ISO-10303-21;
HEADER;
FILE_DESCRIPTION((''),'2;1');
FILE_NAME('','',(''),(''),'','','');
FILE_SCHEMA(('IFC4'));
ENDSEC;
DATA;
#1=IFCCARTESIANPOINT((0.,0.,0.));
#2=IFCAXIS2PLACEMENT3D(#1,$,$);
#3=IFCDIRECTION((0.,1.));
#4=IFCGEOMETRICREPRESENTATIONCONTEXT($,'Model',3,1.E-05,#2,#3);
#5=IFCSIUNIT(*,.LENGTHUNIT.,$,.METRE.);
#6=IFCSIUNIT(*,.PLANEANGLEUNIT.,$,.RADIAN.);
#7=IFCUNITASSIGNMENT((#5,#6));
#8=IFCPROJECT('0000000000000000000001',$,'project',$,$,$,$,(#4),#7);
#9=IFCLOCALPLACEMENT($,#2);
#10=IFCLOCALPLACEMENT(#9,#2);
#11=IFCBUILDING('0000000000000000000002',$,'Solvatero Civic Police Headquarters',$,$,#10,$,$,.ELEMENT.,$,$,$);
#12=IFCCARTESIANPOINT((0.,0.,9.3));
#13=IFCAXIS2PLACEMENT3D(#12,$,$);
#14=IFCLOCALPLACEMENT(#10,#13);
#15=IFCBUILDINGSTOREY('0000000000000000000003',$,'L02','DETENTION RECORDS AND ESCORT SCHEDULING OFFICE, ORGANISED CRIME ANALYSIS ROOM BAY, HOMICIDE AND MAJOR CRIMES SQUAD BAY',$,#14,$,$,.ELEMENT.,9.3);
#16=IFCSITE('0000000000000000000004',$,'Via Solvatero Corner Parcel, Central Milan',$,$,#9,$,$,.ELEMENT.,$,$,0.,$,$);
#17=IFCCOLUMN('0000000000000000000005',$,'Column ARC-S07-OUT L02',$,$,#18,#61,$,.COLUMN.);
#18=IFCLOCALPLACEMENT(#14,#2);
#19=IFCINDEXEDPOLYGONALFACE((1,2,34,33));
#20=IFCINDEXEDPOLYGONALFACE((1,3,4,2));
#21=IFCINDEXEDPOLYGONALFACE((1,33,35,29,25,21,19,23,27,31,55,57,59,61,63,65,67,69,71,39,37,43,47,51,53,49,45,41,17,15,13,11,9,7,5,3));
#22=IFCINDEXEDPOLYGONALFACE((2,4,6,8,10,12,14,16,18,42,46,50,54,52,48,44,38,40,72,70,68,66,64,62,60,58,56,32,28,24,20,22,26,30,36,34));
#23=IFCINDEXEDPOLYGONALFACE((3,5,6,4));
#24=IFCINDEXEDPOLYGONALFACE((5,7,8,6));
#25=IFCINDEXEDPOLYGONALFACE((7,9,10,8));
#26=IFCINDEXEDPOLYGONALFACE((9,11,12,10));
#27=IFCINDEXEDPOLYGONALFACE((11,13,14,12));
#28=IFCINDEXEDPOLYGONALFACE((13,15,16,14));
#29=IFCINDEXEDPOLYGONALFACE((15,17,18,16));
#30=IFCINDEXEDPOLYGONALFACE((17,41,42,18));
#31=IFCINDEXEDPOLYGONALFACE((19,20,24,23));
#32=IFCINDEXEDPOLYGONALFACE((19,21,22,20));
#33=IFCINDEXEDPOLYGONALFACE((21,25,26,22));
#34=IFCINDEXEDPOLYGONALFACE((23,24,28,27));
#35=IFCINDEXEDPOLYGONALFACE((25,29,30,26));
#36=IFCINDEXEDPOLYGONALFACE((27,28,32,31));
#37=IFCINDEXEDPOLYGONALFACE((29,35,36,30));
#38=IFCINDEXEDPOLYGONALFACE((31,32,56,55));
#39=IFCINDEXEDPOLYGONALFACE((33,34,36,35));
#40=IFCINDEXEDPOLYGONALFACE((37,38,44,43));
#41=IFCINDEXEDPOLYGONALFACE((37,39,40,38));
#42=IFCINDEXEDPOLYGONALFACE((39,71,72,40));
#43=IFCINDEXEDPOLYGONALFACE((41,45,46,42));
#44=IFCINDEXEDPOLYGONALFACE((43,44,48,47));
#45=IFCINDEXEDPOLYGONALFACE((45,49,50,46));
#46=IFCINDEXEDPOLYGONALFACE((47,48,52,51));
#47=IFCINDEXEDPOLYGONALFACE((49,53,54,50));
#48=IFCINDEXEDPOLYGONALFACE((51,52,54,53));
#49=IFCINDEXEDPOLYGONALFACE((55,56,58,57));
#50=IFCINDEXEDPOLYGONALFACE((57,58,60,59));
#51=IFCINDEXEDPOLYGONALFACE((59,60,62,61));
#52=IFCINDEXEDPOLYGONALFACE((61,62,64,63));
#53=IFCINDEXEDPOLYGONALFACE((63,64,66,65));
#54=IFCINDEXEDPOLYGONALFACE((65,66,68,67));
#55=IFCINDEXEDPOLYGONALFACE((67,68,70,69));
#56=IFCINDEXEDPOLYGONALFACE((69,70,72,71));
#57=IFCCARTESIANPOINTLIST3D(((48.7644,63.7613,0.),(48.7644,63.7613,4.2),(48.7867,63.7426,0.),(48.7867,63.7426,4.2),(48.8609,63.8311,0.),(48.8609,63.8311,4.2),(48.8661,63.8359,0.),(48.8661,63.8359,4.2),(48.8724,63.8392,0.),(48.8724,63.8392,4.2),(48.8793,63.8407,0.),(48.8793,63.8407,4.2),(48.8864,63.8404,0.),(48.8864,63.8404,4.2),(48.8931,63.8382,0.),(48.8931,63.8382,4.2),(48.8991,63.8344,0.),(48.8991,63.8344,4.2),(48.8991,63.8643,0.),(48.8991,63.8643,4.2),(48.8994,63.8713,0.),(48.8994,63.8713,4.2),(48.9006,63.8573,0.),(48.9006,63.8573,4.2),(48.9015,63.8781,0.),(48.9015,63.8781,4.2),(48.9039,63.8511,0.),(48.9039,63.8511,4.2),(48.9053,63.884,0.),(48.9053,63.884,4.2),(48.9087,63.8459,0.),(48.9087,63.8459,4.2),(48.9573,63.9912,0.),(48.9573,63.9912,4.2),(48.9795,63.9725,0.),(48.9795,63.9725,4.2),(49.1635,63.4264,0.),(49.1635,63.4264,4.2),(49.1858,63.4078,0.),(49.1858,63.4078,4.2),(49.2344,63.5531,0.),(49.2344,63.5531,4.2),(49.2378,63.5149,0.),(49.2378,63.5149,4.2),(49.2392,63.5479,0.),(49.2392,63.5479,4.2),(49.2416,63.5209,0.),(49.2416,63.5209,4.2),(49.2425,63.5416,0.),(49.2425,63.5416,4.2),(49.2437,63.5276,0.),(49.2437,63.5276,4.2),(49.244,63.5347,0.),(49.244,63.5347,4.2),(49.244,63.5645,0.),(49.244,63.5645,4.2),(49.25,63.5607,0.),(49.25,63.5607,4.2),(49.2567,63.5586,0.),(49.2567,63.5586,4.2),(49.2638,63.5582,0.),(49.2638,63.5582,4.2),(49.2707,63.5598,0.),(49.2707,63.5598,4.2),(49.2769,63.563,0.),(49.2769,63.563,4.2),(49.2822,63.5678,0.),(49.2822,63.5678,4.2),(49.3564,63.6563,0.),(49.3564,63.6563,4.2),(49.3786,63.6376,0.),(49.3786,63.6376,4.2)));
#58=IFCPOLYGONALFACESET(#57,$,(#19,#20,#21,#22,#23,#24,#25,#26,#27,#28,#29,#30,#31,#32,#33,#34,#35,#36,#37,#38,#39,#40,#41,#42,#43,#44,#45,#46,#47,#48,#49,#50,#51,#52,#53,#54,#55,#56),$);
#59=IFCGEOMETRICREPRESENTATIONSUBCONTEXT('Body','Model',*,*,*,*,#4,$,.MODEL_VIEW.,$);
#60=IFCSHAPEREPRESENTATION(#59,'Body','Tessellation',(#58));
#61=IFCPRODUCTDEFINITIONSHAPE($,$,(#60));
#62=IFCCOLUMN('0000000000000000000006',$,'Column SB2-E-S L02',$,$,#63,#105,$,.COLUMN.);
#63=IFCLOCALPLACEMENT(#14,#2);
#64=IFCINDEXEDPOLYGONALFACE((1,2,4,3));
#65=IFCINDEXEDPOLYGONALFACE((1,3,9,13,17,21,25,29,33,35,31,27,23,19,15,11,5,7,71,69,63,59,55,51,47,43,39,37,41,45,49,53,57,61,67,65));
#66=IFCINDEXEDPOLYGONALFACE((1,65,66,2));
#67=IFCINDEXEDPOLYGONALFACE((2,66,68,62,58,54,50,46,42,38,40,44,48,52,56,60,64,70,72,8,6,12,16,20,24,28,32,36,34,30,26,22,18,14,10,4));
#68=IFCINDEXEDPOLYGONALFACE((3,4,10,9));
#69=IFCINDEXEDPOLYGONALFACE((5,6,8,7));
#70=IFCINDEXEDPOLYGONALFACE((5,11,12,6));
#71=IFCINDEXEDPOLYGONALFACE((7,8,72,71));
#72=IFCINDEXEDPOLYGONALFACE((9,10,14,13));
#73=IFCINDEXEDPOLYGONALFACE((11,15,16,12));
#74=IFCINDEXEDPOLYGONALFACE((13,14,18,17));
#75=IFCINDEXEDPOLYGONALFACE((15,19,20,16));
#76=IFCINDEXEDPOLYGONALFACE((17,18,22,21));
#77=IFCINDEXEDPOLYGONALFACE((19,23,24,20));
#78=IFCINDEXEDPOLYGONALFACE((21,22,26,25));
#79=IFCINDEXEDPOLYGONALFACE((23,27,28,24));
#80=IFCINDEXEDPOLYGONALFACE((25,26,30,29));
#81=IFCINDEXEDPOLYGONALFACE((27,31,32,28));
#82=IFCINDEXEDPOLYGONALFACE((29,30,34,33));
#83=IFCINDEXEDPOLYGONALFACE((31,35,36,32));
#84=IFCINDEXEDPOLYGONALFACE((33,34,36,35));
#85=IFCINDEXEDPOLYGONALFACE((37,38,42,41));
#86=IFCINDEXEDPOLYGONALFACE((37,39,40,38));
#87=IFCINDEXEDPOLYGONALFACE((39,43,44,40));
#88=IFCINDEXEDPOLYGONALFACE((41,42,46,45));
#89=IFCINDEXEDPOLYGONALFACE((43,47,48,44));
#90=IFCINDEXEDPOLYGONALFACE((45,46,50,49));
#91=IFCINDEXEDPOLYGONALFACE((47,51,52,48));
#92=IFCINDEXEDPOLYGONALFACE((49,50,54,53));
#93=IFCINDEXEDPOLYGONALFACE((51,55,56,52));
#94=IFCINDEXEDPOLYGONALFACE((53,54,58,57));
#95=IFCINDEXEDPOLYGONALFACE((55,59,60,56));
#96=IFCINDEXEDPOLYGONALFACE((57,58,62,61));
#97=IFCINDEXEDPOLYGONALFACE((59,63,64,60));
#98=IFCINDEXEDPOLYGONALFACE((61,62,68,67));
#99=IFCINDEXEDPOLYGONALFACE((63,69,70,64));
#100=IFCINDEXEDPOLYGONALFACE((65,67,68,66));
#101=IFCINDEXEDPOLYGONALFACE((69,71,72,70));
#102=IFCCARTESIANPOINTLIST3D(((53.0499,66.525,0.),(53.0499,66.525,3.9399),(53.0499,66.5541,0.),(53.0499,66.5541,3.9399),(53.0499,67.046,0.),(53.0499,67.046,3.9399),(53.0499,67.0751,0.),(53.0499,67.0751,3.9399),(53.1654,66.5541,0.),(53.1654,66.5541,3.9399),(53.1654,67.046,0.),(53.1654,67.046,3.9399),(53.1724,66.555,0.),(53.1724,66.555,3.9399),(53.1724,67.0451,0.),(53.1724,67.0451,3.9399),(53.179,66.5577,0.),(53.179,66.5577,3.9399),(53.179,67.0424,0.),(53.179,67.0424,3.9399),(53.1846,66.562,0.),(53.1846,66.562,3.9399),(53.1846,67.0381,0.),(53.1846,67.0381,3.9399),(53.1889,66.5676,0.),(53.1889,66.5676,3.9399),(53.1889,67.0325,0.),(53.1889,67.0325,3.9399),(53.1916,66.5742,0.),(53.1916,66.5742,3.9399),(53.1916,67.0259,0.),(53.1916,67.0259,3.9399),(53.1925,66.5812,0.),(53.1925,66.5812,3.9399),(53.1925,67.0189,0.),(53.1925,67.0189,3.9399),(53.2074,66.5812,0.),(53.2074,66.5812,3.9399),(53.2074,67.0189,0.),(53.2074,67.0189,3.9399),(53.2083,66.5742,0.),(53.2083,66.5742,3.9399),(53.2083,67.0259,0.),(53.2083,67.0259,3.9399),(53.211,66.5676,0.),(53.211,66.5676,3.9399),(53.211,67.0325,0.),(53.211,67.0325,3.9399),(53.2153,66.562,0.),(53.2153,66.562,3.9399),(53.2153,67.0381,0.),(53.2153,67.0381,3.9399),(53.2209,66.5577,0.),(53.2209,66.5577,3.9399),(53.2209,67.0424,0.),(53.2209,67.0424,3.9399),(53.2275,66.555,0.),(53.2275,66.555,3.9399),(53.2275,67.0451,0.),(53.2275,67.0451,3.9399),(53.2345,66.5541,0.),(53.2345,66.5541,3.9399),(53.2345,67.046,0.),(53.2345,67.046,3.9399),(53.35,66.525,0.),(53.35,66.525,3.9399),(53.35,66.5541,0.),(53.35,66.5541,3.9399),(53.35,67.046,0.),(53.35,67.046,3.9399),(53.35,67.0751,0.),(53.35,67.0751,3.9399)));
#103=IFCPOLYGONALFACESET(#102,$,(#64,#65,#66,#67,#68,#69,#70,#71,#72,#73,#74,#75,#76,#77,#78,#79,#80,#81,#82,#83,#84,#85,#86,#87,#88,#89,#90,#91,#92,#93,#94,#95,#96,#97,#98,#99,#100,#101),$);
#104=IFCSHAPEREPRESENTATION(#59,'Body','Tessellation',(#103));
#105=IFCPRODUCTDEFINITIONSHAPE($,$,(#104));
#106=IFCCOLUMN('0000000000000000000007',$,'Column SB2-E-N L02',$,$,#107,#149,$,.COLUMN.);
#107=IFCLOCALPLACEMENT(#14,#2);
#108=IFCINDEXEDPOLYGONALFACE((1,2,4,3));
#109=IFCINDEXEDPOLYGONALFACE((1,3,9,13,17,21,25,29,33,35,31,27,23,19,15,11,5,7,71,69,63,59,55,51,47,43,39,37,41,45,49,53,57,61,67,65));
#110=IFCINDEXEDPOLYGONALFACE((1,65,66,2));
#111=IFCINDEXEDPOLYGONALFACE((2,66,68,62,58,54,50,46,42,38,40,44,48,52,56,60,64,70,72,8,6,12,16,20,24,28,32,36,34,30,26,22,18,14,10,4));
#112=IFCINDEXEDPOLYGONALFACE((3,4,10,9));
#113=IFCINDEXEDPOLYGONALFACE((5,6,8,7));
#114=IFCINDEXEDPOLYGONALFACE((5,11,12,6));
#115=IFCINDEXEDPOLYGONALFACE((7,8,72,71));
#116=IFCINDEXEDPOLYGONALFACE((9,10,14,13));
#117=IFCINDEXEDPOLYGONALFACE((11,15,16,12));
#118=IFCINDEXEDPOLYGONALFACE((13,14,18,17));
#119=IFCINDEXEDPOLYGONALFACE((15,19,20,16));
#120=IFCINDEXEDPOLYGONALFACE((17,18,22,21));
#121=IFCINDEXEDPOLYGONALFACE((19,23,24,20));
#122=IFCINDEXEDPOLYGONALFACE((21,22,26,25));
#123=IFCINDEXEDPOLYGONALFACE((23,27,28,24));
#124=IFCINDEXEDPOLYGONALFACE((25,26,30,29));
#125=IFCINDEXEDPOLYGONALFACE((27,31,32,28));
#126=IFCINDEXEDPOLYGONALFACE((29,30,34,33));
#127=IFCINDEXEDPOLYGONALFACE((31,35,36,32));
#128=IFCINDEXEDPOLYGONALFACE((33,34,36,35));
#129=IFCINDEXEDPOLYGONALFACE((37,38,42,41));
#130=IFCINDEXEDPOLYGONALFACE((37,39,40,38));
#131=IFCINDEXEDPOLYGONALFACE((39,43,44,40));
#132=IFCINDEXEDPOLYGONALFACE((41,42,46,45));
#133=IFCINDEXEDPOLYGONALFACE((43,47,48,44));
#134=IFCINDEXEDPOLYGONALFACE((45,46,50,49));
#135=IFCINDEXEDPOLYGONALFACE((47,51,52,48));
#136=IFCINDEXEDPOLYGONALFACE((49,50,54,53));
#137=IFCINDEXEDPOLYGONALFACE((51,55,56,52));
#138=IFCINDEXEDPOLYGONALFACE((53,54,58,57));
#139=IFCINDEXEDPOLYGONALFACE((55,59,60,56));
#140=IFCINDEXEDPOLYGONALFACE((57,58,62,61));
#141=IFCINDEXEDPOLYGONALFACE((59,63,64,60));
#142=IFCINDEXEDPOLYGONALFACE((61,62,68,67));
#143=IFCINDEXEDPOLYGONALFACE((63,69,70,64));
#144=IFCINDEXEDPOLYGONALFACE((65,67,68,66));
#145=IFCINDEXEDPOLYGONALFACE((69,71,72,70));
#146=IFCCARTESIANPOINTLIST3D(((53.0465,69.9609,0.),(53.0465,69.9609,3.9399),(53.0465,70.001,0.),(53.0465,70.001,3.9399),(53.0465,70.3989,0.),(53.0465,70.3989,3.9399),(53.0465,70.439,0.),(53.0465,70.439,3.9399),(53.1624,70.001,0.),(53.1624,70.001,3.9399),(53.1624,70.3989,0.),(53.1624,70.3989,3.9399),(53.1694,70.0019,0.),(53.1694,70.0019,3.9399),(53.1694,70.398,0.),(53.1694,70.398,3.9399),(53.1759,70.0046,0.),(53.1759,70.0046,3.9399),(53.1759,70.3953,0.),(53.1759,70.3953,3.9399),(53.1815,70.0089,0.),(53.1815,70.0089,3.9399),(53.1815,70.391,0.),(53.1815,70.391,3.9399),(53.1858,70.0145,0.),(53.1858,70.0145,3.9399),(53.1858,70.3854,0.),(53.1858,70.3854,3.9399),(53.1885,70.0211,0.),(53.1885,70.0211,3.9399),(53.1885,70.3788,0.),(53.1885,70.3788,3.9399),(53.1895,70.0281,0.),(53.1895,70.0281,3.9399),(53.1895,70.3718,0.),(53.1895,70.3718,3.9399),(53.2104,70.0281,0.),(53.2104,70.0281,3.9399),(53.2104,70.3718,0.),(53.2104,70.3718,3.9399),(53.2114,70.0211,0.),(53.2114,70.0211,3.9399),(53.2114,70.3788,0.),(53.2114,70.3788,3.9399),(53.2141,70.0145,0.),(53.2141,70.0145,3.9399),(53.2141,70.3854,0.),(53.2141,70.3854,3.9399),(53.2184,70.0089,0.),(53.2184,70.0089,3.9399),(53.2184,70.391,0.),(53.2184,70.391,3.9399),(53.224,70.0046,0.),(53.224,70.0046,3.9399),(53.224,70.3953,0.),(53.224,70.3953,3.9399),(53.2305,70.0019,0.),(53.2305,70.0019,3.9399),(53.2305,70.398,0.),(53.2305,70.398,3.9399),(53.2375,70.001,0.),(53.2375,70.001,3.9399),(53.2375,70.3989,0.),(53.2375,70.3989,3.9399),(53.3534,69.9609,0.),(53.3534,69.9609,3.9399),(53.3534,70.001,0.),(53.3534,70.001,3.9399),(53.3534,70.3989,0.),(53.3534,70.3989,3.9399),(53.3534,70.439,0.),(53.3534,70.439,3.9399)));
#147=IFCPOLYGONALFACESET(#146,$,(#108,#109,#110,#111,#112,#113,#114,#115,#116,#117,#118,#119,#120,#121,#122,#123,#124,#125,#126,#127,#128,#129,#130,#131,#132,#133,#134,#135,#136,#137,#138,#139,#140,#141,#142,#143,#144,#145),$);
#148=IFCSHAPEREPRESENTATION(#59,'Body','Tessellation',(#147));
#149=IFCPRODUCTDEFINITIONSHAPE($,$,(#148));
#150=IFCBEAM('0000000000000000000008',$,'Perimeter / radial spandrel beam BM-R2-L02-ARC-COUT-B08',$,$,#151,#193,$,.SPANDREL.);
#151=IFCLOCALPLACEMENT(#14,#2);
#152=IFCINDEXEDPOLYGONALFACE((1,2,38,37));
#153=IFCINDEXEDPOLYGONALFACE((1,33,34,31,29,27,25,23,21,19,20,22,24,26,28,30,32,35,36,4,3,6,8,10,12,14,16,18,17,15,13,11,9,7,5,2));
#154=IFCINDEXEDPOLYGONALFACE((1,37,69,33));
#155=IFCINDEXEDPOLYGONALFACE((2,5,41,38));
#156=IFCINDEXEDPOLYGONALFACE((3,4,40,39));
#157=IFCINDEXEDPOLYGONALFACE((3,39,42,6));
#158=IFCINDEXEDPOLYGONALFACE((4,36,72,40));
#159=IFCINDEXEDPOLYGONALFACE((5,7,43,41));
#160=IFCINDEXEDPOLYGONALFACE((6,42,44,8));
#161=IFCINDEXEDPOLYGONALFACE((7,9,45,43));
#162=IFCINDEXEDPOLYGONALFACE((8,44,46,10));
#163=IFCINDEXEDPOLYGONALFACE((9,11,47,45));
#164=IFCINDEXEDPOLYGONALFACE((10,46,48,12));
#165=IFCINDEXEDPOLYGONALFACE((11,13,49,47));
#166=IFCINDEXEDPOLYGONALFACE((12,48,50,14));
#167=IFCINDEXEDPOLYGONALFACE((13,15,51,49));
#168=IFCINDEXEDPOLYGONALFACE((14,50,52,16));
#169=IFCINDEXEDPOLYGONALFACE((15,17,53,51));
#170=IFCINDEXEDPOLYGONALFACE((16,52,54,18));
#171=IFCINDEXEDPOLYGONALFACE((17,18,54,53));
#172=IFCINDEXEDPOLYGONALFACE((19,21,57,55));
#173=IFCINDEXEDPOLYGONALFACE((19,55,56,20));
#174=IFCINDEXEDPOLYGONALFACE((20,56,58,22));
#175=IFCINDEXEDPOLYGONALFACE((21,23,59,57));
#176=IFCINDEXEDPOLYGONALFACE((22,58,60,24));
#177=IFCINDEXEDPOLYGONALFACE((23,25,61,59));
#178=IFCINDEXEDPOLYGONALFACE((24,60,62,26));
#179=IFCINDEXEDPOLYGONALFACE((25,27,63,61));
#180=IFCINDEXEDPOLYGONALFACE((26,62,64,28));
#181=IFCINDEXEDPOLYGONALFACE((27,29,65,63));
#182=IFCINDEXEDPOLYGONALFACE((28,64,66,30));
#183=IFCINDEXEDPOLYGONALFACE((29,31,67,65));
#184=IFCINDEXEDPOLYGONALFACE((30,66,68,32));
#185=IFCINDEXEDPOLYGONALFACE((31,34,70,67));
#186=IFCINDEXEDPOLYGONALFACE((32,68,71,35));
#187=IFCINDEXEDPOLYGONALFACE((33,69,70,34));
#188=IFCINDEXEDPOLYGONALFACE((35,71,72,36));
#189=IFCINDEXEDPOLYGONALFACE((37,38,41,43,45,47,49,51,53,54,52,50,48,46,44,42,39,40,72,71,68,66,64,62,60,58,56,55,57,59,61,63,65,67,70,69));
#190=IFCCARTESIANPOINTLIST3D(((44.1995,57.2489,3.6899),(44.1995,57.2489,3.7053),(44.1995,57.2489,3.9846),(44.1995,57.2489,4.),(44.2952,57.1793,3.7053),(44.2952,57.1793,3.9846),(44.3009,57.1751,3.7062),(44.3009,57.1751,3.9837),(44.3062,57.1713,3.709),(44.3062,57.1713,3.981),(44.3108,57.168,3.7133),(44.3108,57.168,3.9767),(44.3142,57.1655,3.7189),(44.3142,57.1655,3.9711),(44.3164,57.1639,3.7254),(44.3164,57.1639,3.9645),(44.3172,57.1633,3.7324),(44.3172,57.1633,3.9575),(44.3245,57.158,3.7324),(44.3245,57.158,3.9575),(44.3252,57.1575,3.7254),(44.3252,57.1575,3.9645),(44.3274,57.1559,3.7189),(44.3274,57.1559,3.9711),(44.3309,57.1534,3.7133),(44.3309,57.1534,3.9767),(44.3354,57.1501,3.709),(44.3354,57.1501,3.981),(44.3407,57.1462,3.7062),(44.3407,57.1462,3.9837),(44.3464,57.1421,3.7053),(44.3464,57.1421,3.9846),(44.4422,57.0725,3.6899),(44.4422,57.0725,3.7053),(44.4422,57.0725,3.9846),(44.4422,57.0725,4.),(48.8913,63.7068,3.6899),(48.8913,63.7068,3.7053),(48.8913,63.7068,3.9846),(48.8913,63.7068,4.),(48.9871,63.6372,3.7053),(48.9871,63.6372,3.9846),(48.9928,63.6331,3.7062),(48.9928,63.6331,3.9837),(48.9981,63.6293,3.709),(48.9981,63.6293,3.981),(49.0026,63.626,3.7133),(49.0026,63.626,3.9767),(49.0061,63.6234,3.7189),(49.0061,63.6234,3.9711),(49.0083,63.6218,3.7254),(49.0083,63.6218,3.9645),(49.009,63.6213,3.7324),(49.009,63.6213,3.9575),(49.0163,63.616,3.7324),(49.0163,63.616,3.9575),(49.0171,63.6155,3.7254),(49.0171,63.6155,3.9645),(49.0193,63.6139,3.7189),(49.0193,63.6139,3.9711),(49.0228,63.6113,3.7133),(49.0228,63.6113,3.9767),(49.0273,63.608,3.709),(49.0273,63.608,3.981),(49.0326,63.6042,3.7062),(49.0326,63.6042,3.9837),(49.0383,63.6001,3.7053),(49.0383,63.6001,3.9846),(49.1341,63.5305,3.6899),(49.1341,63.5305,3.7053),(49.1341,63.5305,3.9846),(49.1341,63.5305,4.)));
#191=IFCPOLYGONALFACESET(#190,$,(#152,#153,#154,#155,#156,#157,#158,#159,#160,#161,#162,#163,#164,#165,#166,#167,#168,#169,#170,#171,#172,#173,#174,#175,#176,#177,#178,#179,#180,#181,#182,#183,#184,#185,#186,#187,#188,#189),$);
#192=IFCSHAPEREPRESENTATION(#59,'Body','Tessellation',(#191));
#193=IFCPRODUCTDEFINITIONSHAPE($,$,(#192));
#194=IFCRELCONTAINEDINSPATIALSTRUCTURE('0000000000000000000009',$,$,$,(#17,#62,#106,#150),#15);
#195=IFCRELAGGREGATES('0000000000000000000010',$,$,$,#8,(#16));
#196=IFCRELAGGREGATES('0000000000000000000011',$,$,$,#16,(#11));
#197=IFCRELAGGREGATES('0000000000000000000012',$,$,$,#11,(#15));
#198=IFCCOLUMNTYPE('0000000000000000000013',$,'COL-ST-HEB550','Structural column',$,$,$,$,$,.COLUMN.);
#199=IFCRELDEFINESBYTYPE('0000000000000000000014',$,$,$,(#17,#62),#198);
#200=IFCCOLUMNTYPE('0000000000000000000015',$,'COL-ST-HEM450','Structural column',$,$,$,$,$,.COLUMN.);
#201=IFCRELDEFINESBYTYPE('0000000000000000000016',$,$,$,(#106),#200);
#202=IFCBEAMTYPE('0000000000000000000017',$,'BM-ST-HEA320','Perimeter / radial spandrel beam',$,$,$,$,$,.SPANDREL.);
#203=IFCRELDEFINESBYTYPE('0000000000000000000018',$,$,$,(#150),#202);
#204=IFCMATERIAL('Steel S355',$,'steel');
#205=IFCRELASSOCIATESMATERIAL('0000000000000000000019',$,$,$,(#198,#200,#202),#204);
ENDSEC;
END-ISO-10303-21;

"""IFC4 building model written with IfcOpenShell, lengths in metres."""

from ifc_helpers import new_model, si_unit, direction, frame, origin, origin_2d, place, context, subcontext, project, spatial, i_section, extrude, material, material_profile, profile_set, type_object, element, save


model = new_model("IFC4")

# Units and contexts
model_context = context("Model", 3, precision=1e-05, world=origin(), true_north=direction((0.0, 1.0)))
body_context = subcontext(model_context, "Body", "Model", "MODEL_VIEW")
ifc_project = project(units=[si_unit("LENGTHUNIT", "METRE"), si_unit("PLANEANGLEUNIT", "RADIAN")], contexts=[model_context])

# Site, building, storey
site_placement = place(None, origin())
site = spatial("IfcSite", under=ifc_project, at=site_placement, Name="Via Solvatero Corner Parcel, Central Milan", CompositionType="ELEMENT", RefElevation=0.0)
building_placement = place(site_placement, origin())
building = spatial("IfcBuilding", under=site, at=building_placement, Name="Solvatero Civic Police Headquarters", CompositionType="ELEMENT")
storey_placement = place(building_placement, frame((0.0, 0.0, 9.3)))
storey = spatial("IfcBuildingStorey", under=building, at=storey_placement, Name="L02", Description="DETENTION RECORDS AND ESCORT SCHEDULING OFFICE, ORGANISED CRIME ANALYSIS ROOM BAY, HOMICIDE AND MAJOR CRIMES SQUAD BAY", CompositionType="ELEMENT", Elevation=9.3)

# Columns
ifc_material_1 = material(Name="Steel S355", Category="steel")
ifc_material_profile_1 = material_profile(ifc_material_1, i_section(OverallWidth=0.3, OverallDepth=0.55, WebThickness=0.0149, FlangeThickness=0.0291, FilletRadius=0.0271, at=origin_2d()), Name="HEB 550")
ifc_profile_set_1 = profile_set([ifc_material_profile_1], Name="Steel S355")
column_type_1 = type_object("IfcColumnType", Name="COL-ST-HEB550", Description="Structural column", PredefinedType="COLUMN", material=ifc_profile_set_1)
column_1_placement = place(storey_placement, frame((49.0715, 63.6995, 0.0), z_axis=(0.0, 0.0, 1.0), x_axis=(0.642788, 0.766044, 0.0)))
element("IfcColumn", 1, at=column_1_placement, inside=storey, type_object=column_type_1, Name="Column ARC-S07-OUT L02", PredefinedType="COLUMN", context=body_context, shape_type="SweptSolid", body=[
    extrude(i_section(OverallWidth=0.3, OverallDepth=0.55, WebThickness=0.0149, FlangeThickness=0.0291, FilletRadius=0.0271, at=origin_2d()), origin(), (0.0, 0.0, 1.0), 4.2),
])
column_2_placement = place(storey_placement, frame((53.2, 66.8, 0.0), z_axis=(0.0, 0.0, 1.0), x_axis=(1.0, 0.0, 0.0)))
element("IfcColumn", 2, at=column_2_placement, inside=storey, type_object=column_type_1, Name="Column SB2-E-S L02", PredefinedType="COLUMN", context=body_context, shape_type="SweptSolid", body=[
    extrude(i_section(OverallWidth=0.3, OverallDepth=0.55, WebThickness=0.0149, FlangeThickness=0.0291, FilletRadius=0.0271, at=origin_2d()), origin(), (0.0, 0.0, 1.0), 3.9399),
])
ifc_material_profile_2 = material_profile(ifc_material_1, i_section(OverallWidth=0.3069, OverallDepth=0.478, WebThickness=0.021, FlangeThickness=0.04, FilletRadius=0.0271, at=origin_2d()), Name="HEM 450")
ifc_profile_set_2 = profile_set([ifc_material_profile_2], Name="Steel S355")
column_type_2 = type_object("IfcColumnType", Name="COL-ST-HEM450", Description="Structural column", PredefinedType="COLUMN", material=ifc_profile_set_2)
column_3_placement = place(storey_placement, frame((53.2, 70.2, 0.0), z_axis=(0.0, 0.0, 1.0), x_axis=(1.0, 0.0, 0.0)))
element("IfcColumn", 3, at=column_3_placement, inside=storey, type_object=column_type_2, Name="Column SB2-E-N L02", PredefinedType="COLUMN", context=body_context, shape_type="SweptSolid", body=[
    extrude(i_section(OverallWidth=0.3069, OverallDepth=0.478, WebThickness=0.021, FlangeThickness=0.04, FilletRadius=0.0271, at=origin_2d()), origin(), (0.0, 0.0, 1.0), 3.9399),
])

# Beam
ifc_material_profile_3 = material_profile(ifc_material_1, i_section(OverallWidth=0.3, OverallDepth=0.3101, WebThickness=0.009, FlangeThickness=0.0154, FilletRadius=0.0271, at=origin_2d()), Name="HEA 320")
ifc_profile_set_3 = profile_set([ifc_material_profile_3], Name="Steel S355")
beam_type = type_object("IfcBeamType", Name="BM-ST-HEA320", Description="Perimeter / radial spandrel beam", PredefinedType="SPANDREL", material=ifc_profile_set_3)
beam_placement = place(storey_placement, frame((49.0127, 63.6187, 3.845), z_axis=(-0.587775, -0.809024, 0.0), x_axis=(0.809024, -0.587775, 0.0)))
element("IfcBeam", 4, at=beam_placement, inside=storey, type_object=beam_type, Name="Perimeter / radial spandrel beam BM-R2-L02-ARC-COUT-B08", PredefinedType="SPANDREL", context=body_context, shape_type="SweptSolid", body=[
    extrude(i_section(OverallWidth=0.3, OverallDepth=0.3101, WebThickness=0.009, FlangeThickness=0.0154, FilletRadius=0.0271, at=origin_2d()), origin(), (0.0, 0.0, 1.0), 7.9824),
])

save(model, "model.ifc")
